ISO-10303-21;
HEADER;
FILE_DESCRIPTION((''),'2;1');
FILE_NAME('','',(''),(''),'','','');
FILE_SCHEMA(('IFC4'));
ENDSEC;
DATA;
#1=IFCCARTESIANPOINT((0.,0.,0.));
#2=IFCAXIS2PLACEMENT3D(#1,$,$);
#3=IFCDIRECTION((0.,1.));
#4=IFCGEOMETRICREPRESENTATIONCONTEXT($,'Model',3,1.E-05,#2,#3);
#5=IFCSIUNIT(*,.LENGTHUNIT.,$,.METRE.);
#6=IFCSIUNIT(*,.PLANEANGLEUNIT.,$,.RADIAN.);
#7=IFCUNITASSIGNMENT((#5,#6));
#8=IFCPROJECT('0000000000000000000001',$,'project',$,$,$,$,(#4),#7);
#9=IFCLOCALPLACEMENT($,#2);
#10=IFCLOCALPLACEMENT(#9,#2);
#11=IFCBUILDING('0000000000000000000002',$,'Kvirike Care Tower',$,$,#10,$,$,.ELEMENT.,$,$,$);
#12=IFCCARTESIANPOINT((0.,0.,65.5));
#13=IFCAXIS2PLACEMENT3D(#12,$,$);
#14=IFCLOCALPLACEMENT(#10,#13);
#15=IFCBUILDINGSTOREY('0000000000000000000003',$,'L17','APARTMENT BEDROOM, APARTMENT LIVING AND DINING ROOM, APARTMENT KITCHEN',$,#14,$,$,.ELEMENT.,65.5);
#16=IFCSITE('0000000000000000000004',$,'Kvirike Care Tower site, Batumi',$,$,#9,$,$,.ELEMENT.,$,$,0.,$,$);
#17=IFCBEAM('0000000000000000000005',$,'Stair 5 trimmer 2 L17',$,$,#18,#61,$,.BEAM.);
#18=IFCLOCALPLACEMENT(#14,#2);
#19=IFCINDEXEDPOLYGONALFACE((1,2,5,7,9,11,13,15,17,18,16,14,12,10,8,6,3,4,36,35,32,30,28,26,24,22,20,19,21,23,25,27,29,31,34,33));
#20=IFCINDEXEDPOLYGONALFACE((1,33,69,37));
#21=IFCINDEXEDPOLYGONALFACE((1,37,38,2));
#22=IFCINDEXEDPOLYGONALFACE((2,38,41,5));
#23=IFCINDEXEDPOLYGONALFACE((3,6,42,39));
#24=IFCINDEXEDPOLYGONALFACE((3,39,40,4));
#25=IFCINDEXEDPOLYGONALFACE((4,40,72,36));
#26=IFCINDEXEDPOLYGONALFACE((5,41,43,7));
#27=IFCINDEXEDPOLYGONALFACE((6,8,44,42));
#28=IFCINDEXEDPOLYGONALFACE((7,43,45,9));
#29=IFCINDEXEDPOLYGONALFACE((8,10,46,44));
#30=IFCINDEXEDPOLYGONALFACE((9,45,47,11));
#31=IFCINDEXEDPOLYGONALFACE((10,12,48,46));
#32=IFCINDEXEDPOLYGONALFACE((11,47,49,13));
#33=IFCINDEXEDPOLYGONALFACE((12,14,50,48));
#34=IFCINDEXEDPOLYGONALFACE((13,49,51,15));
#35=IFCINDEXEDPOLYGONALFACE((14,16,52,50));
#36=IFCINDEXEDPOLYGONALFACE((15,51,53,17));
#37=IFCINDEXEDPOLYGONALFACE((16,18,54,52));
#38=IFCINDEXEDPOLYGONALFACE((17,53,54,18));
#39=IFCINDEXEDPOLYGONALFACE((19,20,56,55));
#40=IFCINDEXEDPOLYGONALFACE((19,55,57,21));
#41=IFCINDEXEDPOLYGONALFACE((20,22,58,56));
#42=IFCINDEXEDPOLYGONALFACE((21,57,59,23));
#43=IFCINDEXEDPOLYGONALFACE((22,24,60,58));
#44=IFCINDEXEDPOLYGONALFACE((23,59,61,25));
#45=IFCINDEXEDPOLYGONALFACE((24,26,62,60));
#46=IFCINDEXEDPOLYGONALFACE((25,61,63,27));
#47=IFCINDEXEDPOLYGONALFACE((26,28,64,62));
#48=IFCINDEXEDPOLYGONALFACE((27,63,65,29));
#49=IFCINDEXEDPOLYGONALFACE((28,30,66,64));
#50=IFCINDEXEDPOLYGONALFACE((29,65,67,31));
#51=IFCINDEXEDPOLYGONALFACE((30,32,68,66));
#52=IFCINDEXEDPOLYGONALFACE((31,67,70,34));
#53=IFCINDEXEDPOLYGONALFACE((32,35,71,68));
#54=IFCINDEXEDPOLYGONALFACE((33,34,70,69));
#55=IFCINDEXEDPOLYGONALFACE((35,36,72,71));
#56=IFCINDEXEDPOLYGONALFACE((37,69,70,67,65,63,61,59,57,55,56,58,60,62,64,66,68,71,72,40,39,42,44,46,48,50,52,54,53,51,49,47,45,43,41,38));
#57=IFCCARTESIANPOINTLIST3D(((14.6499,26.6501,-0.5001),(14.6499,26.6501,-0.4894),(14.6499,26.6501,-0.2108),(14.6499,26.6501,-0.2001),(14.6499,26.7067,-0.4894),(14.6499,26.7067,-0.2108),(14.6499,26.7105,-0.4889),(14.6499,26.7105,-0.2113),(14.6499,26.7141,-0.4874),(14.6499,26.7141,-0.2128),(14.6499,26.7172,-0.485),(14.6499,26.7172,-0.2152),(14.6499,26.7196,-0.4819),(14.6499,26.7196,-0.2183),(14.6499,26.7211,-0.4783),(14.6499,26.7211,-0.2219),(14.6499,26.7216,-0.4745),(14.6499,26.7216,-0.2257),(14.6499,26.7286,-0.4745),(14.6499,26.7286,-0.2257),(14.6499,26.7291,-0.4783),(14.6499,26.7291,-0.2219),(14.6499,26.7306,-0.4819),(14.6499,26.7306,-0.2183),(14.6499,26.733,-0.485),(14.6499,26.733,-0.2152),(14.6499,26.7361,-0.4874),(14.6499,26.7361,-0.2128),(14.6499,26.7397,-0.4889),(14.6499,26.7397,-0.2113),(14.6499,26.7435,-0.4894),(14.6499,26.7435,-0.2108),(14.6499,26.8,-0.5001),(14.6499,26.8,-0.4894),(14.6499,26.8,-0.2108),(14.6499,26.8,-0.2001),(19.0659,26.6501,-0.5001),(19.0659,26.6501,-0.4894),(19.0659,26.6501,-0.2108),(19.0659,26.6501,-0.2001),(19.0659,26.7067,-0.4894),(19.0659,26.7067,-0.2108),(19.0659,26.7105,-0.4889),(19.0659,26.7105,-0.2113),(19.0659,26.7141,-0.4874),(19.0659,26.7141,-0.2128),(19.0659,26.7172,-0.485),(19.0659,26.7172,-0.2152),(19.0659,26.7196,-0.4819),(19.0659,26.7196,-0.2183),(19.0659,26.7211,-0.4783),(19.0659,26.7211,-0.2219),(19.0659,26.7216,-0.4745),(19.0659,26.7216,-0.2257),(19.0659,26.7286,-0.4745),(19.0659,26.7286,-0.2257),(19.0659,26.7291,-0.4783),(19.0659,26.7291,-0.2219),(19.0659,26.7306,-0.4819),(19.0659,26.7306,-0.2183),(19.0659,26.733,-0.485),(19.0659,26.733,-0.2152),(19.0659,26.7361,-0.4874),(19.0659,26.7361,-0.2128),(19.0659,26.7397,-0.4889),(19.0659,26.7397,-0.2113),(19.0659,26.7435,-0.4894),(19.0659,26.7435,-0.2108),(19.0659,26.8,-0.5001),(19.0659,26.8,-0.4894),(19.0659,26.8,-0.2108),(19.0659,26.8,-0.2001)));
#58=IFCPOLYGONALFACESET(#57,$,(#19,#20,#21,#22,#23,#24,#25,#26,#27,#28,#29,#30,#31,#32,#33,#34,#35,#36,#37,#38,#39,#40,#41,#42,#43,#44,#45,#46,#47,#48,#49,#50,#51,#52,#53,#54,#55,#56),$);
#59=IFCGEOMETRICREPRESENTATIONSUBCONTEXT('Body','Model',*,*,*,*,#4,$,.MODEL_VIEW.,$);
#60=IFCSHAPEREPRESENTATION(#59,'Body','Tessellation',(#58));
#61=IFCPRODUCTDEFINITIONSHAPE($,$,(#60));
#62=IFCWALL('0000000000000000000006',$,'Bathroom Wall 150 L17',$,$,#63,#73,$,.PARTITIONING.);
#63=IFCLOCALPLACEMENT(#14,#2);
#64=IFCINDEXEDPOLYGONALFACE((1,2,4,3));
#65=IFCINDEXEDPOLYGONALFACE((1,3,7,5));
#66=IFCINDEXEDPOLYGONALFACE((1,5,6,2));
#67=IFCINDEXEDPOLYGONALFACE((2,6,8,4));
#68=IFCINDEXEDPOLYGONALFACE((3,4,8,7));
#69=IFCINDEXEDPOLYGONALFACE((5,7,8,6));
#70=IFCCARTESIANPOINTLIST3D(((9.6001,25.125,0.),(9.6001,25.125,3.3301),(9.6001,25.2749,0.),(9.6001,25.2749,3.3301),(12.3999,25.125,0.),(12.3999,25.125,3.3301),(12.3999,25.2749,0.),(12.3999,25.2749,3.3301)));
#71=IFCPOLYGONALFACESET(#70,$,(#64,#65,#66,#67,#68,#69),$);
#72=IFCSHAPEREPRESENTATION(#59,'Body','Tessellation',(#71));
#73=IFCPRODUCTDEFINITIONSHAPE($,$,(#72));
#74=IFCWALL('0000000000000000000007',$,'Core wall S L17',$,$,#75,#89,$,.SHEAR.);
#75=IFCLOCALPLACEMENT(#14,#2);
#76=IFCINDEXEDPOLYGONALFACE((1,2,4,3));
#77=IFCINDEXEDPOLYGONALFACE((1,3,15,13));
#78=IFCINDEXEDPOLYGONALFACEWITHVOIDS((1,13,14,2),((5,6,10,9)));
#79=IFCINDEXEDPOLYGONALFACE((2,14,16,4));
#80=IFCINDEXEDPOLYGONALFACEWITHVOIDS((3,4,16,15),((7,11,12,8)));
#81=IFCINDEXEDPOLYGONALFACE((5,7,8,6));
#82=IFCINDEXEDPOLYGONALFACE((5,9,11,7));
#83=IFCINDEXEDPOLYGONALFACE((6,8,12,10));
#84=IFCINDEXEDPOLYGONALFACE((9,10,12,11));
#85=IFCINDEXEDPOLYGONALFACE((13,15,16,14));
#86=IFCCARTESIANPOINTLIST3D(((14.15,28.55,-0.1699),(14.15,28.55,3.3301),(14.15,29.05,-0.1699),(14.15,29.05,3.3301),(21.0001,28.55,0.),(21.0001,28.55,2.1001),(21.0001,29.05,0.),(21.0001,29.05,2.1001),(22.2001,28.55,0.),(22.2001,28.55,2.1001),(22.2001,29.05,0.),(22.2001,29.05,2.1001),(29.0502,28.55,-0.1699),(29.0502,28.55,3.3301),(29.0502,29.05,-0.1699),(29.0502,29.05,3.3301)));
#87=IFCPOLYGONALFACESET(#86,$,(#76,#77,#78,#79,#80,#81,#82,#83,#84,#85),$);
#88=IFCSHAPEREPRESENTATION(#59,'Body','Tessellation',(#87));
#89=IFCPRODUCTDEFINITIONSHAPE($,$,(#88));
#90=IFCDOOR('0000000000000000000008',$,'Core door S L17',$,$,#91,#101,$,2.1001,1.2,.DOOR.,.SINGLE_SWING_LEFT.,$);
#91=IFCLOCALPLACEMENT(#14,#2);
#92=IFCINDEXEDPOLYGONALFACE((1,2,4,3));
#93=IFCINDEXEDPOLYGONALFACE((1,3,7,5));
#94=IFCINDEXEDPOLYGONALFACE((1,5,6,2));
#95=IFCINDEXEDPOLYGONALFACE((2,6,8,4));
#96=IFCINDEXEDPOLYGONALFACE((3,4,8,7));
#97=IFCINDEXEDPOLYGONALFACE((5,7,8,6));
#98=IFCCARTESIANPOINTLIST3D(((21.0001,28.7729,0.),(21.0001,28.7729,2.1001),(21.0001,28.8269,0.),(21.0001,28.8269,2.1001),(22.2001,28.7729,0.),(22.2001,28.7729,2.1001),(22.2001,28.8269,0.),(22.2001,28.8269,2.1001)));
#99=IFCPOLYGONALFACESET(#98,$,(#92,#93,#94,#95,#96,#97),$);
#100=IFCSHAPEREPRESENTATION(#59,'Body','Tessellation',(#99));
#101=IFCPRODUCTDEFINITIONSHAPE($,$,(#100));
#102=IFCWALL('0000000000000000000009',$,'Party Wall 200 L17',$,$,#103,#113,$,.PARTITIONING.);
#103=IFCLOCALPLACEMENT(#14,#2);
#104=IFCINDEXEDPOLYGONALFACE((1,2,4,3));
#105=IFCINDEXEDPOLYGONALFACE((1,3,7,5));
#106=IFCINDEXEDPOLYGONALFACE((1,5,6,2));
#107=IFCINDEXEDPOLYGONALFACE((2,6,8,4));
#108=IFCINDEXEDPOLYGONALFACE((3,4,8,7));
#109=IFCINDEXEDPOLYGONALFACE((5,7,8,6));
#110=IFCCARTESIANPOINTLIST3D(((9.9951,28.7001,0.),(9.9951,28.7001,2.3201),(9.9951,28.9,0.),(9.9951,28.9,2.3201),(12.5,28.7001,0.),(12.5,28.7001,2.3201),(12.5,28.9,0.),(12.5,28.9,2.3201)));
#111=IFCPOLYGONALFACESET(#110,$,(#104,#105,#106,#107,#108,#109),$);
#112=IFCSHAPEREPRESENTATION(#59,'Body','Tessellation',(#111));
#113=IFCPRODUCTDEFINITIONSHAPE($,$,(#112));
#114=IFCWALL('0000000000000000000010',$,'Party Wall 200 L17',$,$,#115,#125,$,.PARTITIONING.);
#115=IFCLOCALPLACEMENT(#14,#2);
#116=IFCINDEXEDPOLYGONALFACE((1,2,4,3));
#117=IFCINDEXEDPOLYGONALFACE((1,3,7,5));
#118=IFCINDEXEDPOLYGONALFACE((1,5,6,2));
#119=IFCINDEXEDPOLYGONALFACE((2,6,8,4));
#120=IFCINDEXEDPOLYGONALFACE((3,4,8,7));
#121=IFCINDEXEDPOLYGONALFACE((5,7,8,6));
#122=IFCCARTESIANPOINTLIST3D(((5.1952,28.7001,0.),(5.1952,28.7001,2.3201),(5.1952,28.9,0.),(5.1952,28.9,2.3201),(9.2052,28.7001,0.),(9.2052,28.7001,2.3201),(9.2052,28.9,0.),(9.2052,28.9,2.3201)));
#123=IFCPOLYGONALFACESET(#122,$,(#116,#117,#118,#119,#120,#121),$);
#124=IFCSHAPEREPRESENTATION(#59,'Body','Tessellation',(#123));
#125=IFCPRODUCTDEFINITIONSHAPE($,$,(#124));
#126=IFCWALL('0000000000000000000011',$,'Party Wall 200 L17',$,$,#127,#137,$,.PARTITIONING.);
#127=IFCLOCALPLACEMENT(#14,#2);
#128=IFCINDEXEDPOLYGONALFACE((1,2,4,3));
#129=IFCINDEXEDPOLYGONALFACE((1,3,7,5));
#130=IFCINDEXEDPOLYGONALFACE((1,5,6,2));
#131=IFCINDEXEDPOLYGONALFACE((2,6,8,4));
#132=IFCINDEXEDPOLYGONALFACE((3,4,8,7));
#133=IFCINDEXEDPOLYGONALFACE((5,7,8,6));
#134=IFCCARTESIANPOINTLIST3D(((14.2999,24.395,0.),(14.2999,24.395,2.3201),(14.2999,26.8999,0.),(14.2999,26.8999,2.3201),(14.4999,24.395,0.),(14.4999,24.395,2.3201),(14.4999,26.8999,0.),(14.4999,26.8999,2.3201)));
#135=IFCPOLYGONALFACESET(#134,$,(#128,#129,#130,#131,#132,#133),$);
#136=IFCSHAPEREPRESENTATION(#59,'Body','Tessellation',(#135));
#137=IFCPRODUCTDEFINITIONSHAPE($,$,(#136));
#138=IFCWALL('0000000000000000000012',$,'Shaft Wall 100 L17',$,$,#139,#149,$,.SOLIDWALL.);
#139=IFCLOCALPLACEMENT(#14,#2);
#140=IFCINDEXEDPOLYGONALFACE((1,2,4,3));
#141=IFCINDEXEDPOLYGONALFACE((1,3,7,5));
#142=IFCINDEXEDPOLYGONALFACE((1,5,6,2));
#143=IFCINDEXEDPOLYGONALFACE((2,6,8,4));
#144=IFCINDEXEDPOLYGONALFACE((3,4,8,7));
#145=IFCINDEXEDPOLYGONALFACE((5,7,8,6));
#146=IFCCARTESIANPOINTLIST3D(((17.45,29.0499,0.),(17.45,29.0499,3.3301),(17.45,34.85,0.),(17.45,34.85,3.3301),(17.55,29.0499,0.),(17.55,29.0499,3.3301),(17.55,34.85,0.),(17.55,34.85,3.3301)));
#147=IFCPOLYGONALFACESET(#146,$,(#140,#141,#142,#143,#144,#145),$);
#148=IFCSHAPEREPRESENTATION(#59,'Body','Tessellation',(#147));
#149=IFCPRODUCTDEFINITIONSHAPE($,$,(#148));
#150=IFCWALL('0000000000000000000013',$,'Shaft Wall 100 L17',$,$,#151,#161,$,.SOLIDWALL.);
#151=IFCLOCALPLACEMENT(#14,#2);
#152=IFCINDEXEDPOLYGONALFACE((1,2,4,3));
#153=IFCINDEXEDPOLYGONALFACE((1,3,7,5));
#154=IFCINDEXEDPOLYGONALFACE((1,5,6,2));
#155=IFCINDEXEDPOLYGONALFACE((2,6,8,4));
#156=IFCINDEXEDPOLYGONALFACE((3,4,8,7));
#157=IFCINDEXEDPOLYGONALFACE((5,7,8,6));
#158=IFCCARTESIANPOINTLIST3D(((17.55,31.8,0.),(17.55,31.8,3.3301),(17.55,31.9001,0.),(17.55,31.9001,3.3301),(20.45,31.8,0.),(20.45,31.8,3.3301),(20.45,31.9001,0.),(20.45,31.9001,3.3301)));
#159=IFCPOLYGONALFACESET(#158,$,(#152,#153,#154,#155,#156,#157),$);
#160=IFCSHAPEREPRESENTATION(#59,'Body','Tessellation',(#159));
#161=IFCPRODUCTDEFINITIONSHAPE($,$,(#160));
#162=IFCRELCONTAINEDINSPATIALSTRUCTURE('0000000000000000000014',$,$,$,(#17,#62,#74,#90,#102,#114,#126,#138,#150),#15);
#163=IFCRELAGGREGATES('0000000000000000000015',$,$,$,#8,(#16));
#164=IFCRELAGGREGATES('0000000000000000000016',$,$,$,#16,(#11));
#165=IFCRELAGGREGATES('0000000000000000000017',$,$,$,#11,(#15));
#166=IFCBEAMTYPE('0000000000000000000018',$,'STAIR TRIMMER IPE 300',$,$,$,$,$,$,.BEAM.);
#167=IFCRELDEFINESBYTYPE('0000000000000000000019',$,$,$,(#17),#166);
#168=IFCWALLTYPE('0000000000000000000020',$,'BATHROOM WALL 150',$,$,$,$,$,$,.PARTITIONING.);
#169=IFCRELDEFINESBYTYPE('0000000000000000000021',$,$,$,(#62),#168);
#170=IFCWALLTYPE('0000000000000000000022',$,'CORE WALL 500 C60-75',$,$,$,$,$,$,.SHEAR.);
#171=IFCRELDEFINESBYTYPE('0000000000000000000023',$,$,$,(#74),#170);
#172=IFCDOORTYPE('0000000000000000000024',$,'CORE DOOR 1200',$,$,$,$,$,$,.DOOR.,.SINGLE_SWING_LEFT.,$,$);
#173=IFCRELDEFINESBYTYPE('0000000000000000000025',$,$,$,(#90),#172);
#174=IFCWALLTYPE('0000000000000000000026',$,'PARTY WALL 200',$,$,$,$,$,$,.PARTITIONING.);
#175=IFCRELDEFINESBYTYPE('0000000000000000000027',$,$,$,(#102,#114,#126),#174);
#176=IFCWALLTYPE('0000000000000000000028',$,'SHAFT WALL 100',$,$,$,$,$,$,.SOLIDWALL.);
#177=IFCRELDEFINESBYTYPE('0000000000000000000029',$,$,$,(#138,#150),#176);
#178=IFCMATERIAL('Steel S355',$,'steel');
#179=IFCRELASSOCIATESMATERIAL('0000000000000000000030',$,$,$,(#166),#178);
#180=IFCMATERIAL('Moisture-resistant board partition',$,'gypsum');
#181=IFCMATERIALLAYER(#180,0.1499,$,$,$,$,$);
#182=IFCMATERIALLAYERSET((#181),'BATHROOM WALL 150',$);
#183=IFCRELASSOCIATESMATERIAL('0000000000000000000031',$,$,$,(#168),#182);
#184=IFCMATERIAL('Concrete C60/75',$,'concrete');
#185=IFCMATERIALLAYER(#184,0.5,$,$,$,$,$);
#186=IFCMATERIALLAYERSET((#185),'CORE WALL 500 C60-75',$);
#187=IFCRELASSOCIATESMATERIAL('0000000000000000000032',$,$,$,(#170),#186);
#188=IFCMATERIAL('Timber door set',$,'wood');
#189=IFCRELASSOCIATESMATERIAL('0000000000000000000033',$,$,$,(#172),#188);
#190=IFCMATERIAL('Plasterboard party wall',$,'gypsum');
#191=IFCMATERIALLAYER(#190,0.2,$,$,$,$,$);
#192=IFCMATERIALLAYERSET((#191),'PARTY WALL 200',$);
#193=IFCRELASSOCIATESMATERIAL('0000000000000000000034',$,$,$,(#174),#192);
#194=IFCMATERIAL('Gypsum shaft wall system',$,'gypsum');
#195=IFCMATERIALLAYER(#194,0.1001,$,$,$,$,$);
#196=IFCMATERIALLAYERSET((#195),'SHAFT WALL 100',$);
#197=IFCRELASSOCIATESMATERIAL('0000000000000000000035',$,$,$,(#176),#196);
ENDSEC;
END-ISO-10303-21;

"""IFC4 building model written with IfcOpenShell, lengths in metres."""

from ifc_helpers import new_model, si_unit, direction, frame, frame_2d, origin, origin_2d, place, context, subcontext, project, spatial, rectangle, i_section, extrude, material, layer, layer_set, material_profile, profile_set, type_object, element, fill, save


model = new_model("IFC4")

# Units and contexts
model_context = context("Model", 3, precision=1e-05, world=origin(), true_north=direction((0.0, 1.0)))
body_context = subcontext(model_context, "Body", "Model", "MODEL_VIEW")
ifc_project = project(units=[si_unit("LENGTHUNIT", "METRE"), si_unit("PLANEANGLEUNIT", "RADIAN")], contexts=[model_context])

# Site, building, storey
site_placement = place(None, origin())
site = spatial("IfcSite", under=ifc_project, at=site_placement, Name="Kvirike Care Tower site, Batumi", CompositionType="ELEMENT", RefElevation=0.0)
building_placement = place(site_placement, origin())
building = spatial("IfcBuilding", under=site, at=building_placement, Name="Kvirike Care Tower", CompositionType="ELEMENT")
storey_placement = place(building_placement, frame((0.0, 0.0, 65.5)))
storey = spatial("IfcBuildingStorey", under=building, at=storey_placement, Name="L17", Description="APARTMENT BEDROOM, APARTMENT LIVING AND DINING ROOM, APARTMENT KITCHEN", CompositionType="ELEMENT", Elevation=65.5)

# Beam
ifc_material_1 = material(Name="Steel S355", Category="steel")
ifc_material_profile_1 = material_profile(ifc_material_1, i_section(OverallWidth=0.1499, OverallDepth=0.3, WebThickness=0.0071, FlangeThickness=0.0107, FilletRadius=0.0149, at=origin_2d()), Name="IPE 300")
ifc_profile_set_1 = profile_set([ifc_material_profile_1], Name="Steel S355")
beam_type_1 = type_object("IfcBeamType", Name="STAIR TRIMMER IPE 300", PredefinedType="BEAM", material=ifc_profile_set_1)
for number, where, z_axis, x_axis, name in (
    (1, (14.6499, 26.7251, -0.3501), (1.0, 0.0, 0.0), (0.0, 1.0, 0.0), "Stair 5 trimmer 2 L17"),
):
    element("IfcBeam", number, at=place(storey_placement, frame(where, z_axis=z_axis, x_axis=x_axis)), inside=storey, type_object=beam_type_1, Name=name, PredefinedType="BEAM", context=body_context, shape_type="SweptSolid", body=[
        extrude(i_section(OverallWidth=0.1499, OverallDepth=0.3, WebThickness=0.0071, FlangeThickness=0.0107, FilletRadius=0.0149, at=origin_2d()), origin(), (0.0, 0.0, 1.0), 4.416),
    ])

# Wall
ifc_material_2 = material(Name="Moisture-resistant board partition", Category="gypsum")
ifc_layer_1 = layer(ifc_material_2, 0.1499)
ifc_layer_set_1 = layer_set([ifc_layer_1], Name="BATHROOM WALL 150")
wall_type_1 = type_object("IfcWallType", Name="BATHROOM WALL 150", PredefinedType="PARTITIONING", material=ifc_layer_set_1)
wall_1_placement = place(storey_placement, frame((9.6001, 25.2, 0.0), z_axis=(0.0, 0.0, 1.0), x_axis=(1.0, 0.0, 0.0)))
element("IfcWall", 2, at=wall_1_placement, inside=storey, type_object=wall_type_1, Name="Bathroom Wall 150 L17", PredefinedType="PARTITIONING", context=body_context, shape_type="SweptSolid", body=[
    extrude(rectangle(XDim=2.7998, YDim=0.1499, at=frame_2d((1.3999, 0.0))), origin(), (0.0, 0.0, 1.0), 3.3301),
])

# Wall, opening, door
ifc_material_3 = material(Name="Concrete C60/75", Category="concrete")
ifc_layer_2 = layer(ifc_material_3, 0.5)
ifc_layer_set_2 = layer_set([ifc_layer_2], Name="CORE WALL 500 C60-75")
wall_type_2 = type_object("IfcWallType", Name="CORE WALL 500 C60-75", PredefinedType="SHEAR", material=ifc_layer_set_2)
wall_2_placement = place(storey_placement, frame((14.1499, 28.8, -0.1699), z_axis=(0.0, 0.0, 1.0), x_axis=(1.0, 0.0, 0.0)))
wall_2 = element("IfcWall", 3, at=wall_2_placement, inside=storey, type_object=wall_type_2, Name="Core wall S L17", PredefinedType="SHEAR", context=body_context, shape_type="SweptSolid", body=[
    extrude(rectangle(XDim=14.9001, YDim=0.5, at=frame_2d((7.4502, 0.0))), origin(), (0.0, 0.0, 1.0), 3.5),
])
opening_1_placement = place(wall_2_placement, frame((6.8501, 0.0, 0.1699)))
opening_1 = element("IfcOpeningElement", 4, at=opening_1_placement, cuts=wall_2, PredefinedType="OPENING", context=body_context, shape_type="SweptSolid", body=[
    extrude(rectangle(XDim=1.2, YDim=2.1001, at=frame_2d((0.6001, 1.05))), frame((0.0, 0.2605, 0.0), z_axis=(0.0, -1.0, 0.0), x_axis=(1.0, 0.0, 0.0)), (0.0, 0.0, 1.0), 0.521),
])
ifc_material_4 = material(Name="Timber door set", Category="wood")
door_type_1 = type_object("IfcDoorType", Name="CORE DOOR 1200", OperationType="SINGLE_SWING_LEFT", PredefinedType="DOOR", material=ifc_material_4)
door_1_placement = place(opening_1_placement, origin())
door_1 = element("IfcDoor", 5, at=door_1_placement, inside=storey, type_object=door_type_1, Name="Core door S L17", OperationType="SINGLE_SWING_LEFT", OverallHeight=2.1001, OverallWidth=1.2, PredefinedType="DOOR", context=body_context, shape_type="SweptSolid", body=[
    extrude(rectangle(XDim=1.2, YDim=2.1001, at=frame_2d((0.6001, 1.05))), frame((0.0, 0.0269, 0.0), z_axis=(0.0, -1.0, 0.0), x_axis=(1.0, 0.0, 0.0)), (0.0, 0.0, 1.0), 0.054),
])
fill(opening_1, door_1)

# Walls
ifc_material_5 = material(Name="Plasterboard party wall", Category="gypsum")
ifc_layer_3 = layer(ifc_material_5, 0.2)
ifc_layer_set_3 = layer_set([ifc_layer_3], Name="PARTY WALL 200")
wall_type_3 = type_object("IfcWallType", Name="PARTY WALL 200", PredefinedType="PARTITIONING", material=ifc_layer_set_3)
wall_3_placement = place(storey_placement, frame((12.5, 28.8, 0.0), z_axis=(0.0, 0.0, 1.0), x_axis=(-1.0, 0.0, 0.0)))
element("IfcWall", 6, at=wall_3_placement, inside=storey, type_object=wall_type_3, Name="Party Wall 200 L17", PredefinedType="PARTITIONING", context=body_context, shape_type="SweptSolid", body=[
    extrude(rectangle(XDim=2.5049, YDim=0.2, at=frame_2d((1.2524, 0.0))), origin(), (0.0, 0.0, 1.0), 2.3201),
])
wall_4_placement = place(storey_placement, frame((9.2051, 28.8, 0.0), z_axis=(0.0, 0.0, 1.0), x_axis=(-1.0, 0.0, 0.0)))
element("IfcWall", 7, at=wall_4_placement, inside=storey, type_object=wall_type_3, Name="Party Wall 200 L17", PredefinedType="PARTITIONING", context=body_context, shape_type="SweptSolid", body=[
    extrude(rectangle(XDim=4.01, YDim=0.2, at=frame_2d((2.0049, 0.0))), origin(), (0.0, 0.0, 1.0), 2.3201),
])
wall_5_placement = place(storey_placement, frame((14.3999, 24.395, 0.0), z_axis=(0.0, 0.0, 1.0), x_axis=(0.0, 1.0, 0.0)))
element("IfcWall", 8, at=wall_5_placement, inside=storey, type_object=wall_type_3, Name="Party Wall 200 L17", PredefinedType="PARTITIONING", context=body_context, shape_type="SweptSolid", body=[
    extrude(rectangle(XDim=2.5049, YDim=0.2, at=frame_2d((1.2524, 0.0))), origin(), (0.0, 0.0, 1.0), 2.3201),
])
ifc_material_6 = material(Name="Gypsum shaft wall system", Category="gypsum")
ifc_layer_4 = layer(ifc_material_6, 0.1001)
ifc_layer_set_4 = layer_set([ifc_layer_4], Name="SHAFT WALL 100")
wall_type_4 = type_object("IfcWallType", Name="SHAFT WALL 100", PredefinedType="SOLIDWALL", material=ifc_layer_set_4)
wall_6_placement = place(storey_placement, frame((17.5, 29.05, 0.0), z_axis=(0.0, 0.0, 1.0), x_axis=(0.0, 1.0, 0.0)))
element("IfcWall", 9, at=wall_6_placement, inside=storey, type_object=wall_type_4, Name="Shaft Wall 100 L17", PredefinedType="SOLIDWALL", context=body_context, shape_type="SweptSolid", body=[
    extrude(rectangle(XDim=5.8, YDim=0.1001, at=frame_2d((2.8999, 0.0))), origin(), (0.0, 0.0, 1.0), 3.3301),
])
wall_7_placement = place(storey_placement, frame((17.55, 31.8501, 0.0), z_axis=(0.0, 0.0, 1.0), x_axis=(1.0, 0.0, 0.0)))
element("IfcWall", 10, at=wall_7_placement, inside=storey, type_object=wall_type_4, Name="Shaft Wall 100 L17", PredefinedType="SOLIDWALL", context=body_context, shape_type="SweptSolid", body=[
    extrude(rectangle(XDim=2.8999, YDim=0.1001, at=frame_2d((1.45, 0.0))), origin(), (0.0, 0.0, 1.0), 3.3301),
])

save(model, "model.ifc")
